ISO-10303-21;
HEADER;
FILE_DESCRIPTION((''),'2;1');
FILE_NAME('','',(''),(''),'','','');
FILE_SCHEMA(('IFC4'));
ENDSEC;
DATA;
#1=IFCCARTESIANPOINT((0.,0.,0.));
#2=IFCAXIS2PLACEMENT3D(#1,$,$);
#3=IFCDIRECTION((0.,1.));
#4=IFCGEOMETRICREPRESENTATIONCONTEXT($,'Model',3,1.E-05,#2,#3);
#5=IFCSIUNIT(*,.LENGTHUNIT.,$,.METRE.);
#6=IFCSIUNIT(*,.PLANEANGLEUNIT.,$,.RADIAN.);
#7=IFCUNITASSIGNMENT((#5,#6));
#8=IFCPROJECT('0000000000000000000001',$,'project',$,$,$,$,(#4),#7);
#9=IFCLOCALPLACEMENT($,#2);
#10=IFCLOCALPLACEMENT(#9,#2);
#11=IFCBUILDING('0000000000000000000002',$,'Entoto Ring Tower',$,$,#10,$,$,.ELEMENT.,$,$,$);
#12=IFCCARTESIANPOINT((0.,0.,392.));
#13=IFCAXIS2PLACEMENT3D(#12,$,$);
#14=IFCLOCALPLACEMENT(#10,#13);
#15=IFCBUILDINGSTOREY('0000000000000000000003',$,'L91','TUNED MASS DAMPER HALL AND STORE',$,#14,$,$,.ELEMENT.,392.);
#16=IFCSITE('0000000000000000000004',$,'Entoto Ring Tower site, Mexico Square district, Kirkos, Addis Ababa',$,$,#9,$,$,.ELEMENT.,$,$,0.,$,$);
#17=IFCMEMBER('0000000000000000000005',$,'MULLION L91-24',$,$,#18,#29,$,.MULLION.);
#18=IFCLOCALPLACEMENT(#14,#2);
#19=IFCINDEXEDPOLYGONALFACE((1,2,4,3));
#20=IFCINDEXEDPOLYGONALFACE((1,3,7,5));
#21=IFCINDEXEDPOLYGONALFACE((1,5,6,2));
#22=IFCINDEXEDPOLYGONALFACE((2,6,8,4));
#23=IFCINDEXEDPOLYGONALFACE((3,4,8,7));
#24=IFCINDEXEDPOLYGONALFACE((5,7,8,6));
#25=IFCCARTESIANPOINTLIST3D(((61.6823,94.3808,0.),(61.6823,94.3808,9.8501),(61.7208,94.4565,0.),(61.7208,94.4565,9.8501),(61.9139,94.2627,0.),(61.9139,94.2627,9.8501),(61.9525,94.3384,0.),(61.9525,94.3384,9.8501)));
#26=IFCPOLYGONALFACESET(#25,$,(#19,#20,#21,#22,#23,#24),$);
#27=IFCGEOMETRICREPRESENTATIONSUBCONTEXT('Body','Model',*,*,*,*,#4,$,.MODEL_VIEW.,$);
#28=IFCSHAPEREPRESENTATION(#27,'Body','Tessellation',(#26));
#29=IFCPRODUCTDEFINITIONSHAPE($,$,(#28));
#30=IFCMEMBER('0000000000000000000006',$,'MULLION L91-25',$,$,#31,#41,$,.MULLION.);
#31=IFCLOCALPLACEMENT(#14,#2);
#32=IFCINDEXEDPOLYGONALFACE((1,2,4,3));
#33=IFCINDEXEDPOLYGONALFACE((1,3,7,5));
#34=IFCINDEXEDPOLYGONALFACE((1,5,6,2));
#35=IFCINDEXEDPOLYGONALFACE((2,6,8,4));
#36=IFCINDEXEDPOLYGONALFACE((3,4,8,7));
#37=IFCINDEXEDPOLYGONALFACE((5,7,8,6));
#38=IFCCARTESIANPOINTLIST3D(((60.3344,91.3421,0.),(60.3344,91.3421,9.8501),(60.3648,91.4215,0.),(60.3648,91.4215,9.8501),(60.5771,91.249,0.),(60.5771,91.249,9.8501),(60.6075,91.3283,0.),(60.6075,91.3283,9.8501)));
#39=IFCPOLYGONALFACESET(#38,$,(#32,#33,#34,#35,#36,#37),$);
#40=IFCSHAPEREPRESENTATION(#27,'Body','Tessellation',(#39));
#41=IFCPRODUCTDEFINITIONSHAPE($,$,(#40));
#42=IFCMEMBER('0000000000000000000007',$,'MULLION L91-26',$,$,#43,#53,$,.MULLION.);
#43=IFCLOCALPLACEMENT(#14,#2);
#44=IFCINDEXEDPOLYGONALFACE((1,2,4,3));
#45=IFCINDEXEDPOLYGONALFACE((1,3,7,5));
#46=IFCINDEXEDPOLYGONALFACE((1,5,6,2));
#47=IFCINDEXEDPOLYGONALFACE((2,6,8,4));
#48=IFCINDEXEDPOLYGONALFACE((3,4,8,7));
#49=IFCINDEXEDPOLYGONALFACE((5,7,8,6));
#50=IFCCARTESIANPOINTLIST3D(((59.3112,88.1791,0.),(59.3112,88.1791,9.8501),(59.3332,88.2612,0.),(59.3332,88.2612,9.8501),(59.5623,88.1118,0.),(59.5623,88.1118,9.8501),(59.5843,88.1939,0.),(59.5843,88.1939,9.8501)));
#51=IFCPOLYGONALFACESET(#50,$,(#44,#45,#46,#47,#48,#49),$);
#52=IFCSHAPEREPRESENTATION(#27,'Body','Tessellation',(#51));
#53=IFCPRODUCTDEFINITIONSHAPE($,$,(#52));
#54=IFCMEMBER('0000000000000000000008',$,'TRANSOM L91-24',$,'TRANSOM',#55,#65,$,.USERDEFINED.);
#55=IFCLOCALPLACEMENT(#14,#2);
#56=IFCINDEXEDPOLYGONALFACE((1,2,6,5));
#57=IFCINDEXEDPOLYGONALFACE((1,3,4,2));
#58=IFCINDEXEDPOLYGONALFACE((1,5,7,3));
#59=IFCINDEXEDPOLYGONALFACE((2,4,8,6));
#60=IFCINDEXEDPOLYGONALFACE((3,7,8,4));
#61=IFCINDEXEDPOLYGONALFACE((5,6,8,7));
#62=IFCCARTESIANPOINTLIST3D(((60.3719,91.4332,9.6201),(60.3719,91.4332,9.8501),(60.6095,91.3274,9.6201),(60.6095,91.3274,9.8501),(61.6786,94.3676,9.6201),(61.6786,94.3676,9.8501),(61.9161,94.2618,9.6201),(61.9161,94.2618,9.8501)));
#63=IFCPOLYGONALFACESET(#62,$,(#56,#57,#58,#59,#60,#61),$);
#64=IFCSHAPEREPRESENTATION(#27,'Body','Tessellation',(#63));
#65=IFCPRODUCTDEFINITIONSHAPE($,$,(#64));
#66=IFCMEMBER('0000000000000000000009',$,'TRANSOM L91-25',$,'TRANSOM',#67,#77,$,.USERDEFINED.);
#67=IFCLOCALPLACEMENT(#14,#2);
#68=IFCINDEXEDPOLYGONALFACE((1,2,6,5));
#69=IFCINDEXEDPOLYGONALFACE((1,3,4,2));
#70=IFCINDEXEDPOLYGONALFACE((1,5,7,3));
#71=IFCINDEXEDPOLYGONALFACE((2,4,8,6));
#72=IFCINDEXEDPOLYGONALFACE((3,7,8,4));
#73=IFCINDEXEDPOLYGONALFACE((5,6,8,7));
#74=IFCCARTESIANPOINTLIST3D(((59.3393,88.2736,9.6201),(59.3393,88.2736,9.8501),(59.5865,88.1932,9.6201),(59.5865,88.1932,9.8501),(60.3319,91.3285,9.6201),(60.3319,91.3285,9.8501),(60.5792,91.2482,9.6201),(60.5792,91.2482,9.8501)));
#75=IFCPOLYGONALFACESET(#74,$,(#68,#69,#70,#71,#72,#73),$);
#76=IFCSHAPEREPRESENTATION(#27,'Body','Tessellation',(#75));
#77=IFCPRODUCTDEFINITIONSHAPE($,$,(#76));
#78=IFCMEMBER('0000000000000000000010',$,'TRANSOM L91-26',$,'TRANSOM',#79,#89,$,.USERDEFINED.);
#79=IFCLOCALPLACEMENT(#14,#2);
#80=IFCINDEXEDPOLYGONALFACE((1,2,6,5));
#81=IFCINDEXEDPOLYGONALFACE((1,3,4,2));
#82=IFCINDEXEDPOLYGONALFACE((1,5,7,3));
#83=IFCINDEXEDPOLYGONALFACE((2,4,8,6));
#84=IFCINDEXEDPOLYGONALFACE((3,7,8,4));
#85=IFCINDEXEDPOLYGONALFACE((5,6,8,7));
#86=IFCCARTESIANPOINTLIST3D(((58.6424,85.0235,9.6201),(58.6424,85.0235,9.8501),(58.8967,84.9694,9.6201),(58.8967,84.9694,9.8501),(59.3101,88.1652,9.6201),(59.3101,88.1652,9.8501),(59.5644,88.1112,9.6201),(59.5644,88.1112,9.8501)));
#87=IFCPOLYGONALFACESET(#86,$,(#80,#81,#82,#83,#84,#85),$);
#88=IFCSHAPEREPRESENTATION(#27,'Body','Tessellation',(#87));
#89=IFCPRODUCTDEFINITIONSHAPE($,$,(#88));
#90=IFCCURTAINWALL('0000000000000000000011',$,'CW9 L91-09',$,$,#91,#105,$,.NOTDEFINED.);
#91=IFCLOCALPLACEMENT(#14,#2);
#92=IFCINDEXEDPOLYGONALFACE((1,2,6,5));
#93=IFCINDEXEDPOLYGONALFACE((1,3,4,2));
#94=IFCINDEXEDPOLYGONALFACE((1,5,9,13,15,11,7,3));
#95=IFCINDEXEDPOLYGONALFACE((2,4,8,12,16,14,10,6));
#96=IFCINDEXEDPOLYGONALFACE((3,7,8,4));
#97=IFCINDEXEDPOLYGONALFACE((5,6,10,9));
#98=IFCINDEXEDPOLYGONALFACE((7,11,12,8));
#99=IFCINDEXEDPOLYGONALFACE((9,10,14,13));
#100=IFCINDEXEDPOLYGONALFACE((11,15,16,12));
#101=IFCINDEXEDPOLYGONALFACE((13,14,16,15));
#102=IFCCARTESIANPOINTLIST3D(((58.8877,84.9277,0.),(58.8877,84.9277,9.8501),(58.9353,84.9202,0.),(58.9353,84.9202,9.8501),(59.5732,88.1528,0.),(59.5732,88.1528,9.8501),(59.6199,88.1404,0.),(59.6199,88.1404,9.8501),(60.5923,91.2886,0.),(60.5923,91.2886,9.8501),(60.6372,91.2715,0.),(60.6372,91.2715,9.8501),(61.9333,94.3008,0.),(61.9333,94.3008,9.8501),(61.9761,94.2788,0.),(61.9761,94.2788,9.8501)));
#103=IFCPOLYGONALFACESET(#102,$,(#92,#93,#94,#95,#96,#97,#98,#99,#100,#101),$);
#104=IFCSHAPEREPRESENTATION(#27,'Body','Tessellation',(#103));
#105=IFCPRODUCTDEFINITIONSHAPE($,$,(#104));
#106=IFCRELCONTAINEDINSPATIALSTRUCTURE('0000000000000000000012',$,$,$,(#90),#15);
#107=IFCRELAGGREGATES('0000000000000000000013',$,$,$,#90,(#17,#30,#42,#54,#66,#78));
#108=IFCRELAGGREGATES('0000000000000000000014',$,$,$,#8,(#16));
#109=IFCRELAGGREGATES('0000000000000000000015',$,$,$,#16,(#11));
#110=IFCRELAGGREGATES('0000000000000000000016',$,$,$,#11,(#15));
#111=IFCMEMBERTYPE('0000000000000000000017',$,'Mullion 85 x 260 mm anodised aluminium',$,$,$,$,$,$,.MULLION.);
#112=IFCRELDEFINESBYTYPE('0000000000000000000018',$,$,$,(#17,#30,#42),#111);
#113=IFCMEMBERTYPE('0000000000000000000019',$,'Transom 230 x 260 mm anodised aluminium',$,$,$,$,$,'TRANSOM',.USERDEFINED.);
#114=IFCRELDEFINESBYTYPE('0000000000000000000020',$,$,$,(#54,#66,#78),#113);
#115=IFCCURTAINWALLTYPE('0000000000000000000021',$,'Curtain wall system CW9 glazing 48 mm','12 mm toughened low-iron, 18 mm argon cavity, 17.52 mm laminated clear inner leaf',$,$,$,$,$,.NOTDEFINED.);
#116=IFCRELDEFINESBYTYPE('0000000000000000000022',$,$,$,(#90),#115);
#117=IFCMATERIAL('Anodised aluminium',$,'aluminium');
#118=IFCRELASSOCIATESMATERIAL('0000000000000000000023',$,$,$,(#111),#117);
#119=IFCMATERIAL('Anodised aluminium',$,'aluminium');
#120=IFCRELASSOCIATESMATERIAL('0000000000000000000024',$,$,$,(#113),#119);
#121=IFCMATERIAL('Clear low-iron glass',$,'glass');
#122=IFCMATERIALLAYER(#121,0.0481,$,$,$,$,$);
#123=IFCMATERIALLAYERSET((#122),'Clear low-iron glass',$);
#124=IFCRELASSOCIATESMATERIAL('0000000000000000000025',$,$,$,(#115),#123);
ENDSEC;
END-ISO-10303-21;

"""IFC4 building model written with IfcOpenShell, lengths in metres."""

from ifc_helpers import new_model, si_unit, direction, frame, origin, origin_2d, place, context, subcontext, project, spatial, polyline, rectangle, outline, extrude, material, layer, layer_set, material_profile, profile_set, type_object, element, aggregate, save


model = new_model("IFC4")

# Units and contexts
model_context = context("Model", 3, precision=1e-05, world=origin(), true_north=direction((0.0, 1.0)))
body_context = subcontext(model_context, "Body", "Model", "MODEL_VIEW")
ifc_project = project(units=[si_unit("LENGTHUNIT", "METRE"), si_unit("PLANEANGLEUNIT", "RADIAN")], contexts=[model_context])

# Members
ifc_material_1 = material(Name="Anodised aluminium", Category="aluminium")
ifc_material_profile_1 = material_profile(ifc_material_1, rectangle(XDim=0.085, YDim=0.26, at=origin_2d()), Name="Mullion 85 x 260 mm anodised aluminium")
ifc_profile_set_1 = profile_set([ifc_material_profile_1], Name="Anodised aluminium")
member_type_1 = type_object("IfcMemberType", Name="Mullion 85 x 260 mm anodised aluminium", PredefinedType="MULLION", material=ifc_profile_set_1)
site_placement = place(None, origin())
building_placement = place(site_placement, origin())
storey_placement = place(building_placement, frame((0.0, 0.0, 392.0)))
member_1_placement = place(storey_placement, frame((61.8174, 94.3596, 0.0), z_axis=(0.0, 0.0, 1.0), x_axis=(-0.45399, -0.891007, 0.0)))
member_1 = element("IfcMember", 1, at=member_1_placement, type_object=member_type_1, Name="MULLION L91-24", PredefinedType="MULLION", context=body_context, shape_type="SweptSolid", body=[
    extrude(rectangle(XDim=0.085, YDim=0.26, at=origin_2d()), origin(), (0.0, 0.0, 1.0), 9.8501),
])
member_2_placement = place(storey_placement, frame((60.4709, 91.3352, 0.0), z_axis=(0.0, 0.0, 1.0), x_axis=(-0.358368, -0.93358, 0.0)))
member_2 = element("IfcMember", 2, at=member_2_placement, type_object=member_type_1, Name="MULLION L91-25", PredefinedType="MULLION", context=body_context, shape_type="SweptSolid", body=[
    extrude(rectangle(XDim=0.085, YDim=0.26, at=origin_2d()), origin(), (0.0, 0.0, 1.0), 9.8501),
])
member_3_placement = place(storey_placement, frame((59.4478, 88.1865, 0.0), z_axis=(0.0, 0.0, 1.0), x_axis=(-0.258819, -0.965926, 0.0)))
member_3 = element("IfcMember", 3, at=member_3_placement, type_object=member_type_1, Name="MULLION L91-26", PredefinedType="MULLION", context=body_context, shape_type="SweptSolid", body=[
    extrude(rectangle(XDim=0.085, YDim=0.26, at=origin_2d()), origin(), (0.0, 0.0, 1.0), 9.8501),
])
ifc_material_2 = material(Name="Anodised aluminium", Category="aluminium")
ifc_material_profile_2 = material_profile(ifc_material_2, rectangle(XDim=0.26, YDim=0.23, at=origin_2d()), Name="Transom 230 x 260 mm anodised aluminium")
ifc_profile_set_2 = profile_set([ifc_material_profile_2], Name="Anodised aluminium")
member_type_2 = type_object("IfcMemberType", Name="Transom 230 x 260 mm anodised aluminium", ElementType="TRANSOM", PredefinedType="USERDEFINED", material=ifc_profile_set_2)
member_4_placement = place(storey_placement, frame((61.7974, 94.3147, 9.7351), z_axis=(-0.406787, -0.913523, 0.0), x_axis=(0.913523, -0.406787, 0.0)))
member_4 = element("IfcMember", 4, at=member_4_placement, type_object=member_type_2, Name="TRANSOM L91-24", ObjectType="TRANSOM", PredefinedType="USERDEFINED", context=body_context, shape_type="SweptSolid", body=[
    extrude(rectangle(XDim=0.26, YDim=0.23, at=origin_2d()), origin(), (0.0, 0.0, 1.0), 3.2122),
])
member_5_placement = place(storey_placement, frame((60.4556, 91.2883, 9.7351), z_axis=(-0.309036, -0.95105, 0.0), x_axis=(0.95105, -0.309036, 0.0)))
member_5 = element("IfcMember", 5, at=member_5_placement, type_object=member_type_2, Name="TRANSOM L91-25", ObjectType="TRANSOM", PredefinedType="USERDEFINED", context=body_context, shape_type="SweptSolid", body=[
    extrude(rectangle(XDim=0.26, YDim=0.23, at=origin_2d()), origin(), (0.0, 0.0, 1.0), 3.2122),
])
member_6_placement = place(storey_placement, frame((59.4373, 88.1382, 9.7351), z_axis=(-0.207883, -0.978154, 0.0), x_axis=(0.978154, -0.207883, 0.0)))
member_6 = element("IfcMember", 6, at=member_6_placement, type_object=member_type_2, Name="TRANSOM L91-26", ObjectType="TRANSOM", PredefinedType="USERDEFINED", context=body_context, shape_type="SweptSolid", body=[
    extrude(rectangle(XDim=0.26, YDim=0.23, at=origin_2d()), origin(), (0.0, 0.0, 1.0), 3.2119),
])

# Site, building, storey
site = spatial("IfcSite", under=ifc_project, at=site_placement, Name="Entoto Ring Tower site, Mexico Square district, Kirkos, Addis Ababa", CompositionType="ELEMENT", RefElevation=0.0)
building = spatial("IfcBuilding", under=site, at=building_placement, Name="Entoto Ring Tower", CompositionType="ELEMENT")
storey = spatial("IfcBuildingStorey", under=building, at=storey_placement, Name="L91", Description="TUNED MASS DAMPER HALL AND STORE", CompositionType="ELEMENT", Elevation=392.0)

# Curtain wall
ifc_material_3 = material(Name="Clear low-iron glass", Category="glass")
ifc_layer = layer(ifc_material_3, 0.0481)
ifc_layer_set = layer_set([ifc_layer], Name="Clear low-iron glass")
curtain_wall_type = type_object("IfcCurtainWallType", Name="Curtain wall system CW9 glazing 48 mm", Description="12 mm toughened low-iron, 18 mm argon cavity, 17.52 mm laminated clear inner leaf", PredefinedType="NOTDEFINED", material=ifc_layer_set)
curtain_wall_1_placement = place(storey_placement, origin())
curtain_wall_1 = element("IfcCurtainWall", 7, at=curtain_wall_1_placement, inside=storey, type_object=curtain_wall_type, Name="CW9 L91-09", PredefinedType="NOTDEFINED", context=body_context, shape_type="SweptSolid", body=[
    extrude(outline(polyline([(61.9333, 94.3008), (60.5923, 91.2886), (59.5732, 88.1528), (58.8877, 84.9277), (58.9353, 84.9202), (59.6199, 88.1404), (60.6372, 91.2715), (61.9761, 94.2788), (61.9333, 94.3008)])), origin(), (0.0, 0.0, 1.0), 9.8501),
])
aggregate(curtain_wall_1, [member_1, member_2, member_3, member_4, member_5, member_6])

save(model, "model.ifc")
